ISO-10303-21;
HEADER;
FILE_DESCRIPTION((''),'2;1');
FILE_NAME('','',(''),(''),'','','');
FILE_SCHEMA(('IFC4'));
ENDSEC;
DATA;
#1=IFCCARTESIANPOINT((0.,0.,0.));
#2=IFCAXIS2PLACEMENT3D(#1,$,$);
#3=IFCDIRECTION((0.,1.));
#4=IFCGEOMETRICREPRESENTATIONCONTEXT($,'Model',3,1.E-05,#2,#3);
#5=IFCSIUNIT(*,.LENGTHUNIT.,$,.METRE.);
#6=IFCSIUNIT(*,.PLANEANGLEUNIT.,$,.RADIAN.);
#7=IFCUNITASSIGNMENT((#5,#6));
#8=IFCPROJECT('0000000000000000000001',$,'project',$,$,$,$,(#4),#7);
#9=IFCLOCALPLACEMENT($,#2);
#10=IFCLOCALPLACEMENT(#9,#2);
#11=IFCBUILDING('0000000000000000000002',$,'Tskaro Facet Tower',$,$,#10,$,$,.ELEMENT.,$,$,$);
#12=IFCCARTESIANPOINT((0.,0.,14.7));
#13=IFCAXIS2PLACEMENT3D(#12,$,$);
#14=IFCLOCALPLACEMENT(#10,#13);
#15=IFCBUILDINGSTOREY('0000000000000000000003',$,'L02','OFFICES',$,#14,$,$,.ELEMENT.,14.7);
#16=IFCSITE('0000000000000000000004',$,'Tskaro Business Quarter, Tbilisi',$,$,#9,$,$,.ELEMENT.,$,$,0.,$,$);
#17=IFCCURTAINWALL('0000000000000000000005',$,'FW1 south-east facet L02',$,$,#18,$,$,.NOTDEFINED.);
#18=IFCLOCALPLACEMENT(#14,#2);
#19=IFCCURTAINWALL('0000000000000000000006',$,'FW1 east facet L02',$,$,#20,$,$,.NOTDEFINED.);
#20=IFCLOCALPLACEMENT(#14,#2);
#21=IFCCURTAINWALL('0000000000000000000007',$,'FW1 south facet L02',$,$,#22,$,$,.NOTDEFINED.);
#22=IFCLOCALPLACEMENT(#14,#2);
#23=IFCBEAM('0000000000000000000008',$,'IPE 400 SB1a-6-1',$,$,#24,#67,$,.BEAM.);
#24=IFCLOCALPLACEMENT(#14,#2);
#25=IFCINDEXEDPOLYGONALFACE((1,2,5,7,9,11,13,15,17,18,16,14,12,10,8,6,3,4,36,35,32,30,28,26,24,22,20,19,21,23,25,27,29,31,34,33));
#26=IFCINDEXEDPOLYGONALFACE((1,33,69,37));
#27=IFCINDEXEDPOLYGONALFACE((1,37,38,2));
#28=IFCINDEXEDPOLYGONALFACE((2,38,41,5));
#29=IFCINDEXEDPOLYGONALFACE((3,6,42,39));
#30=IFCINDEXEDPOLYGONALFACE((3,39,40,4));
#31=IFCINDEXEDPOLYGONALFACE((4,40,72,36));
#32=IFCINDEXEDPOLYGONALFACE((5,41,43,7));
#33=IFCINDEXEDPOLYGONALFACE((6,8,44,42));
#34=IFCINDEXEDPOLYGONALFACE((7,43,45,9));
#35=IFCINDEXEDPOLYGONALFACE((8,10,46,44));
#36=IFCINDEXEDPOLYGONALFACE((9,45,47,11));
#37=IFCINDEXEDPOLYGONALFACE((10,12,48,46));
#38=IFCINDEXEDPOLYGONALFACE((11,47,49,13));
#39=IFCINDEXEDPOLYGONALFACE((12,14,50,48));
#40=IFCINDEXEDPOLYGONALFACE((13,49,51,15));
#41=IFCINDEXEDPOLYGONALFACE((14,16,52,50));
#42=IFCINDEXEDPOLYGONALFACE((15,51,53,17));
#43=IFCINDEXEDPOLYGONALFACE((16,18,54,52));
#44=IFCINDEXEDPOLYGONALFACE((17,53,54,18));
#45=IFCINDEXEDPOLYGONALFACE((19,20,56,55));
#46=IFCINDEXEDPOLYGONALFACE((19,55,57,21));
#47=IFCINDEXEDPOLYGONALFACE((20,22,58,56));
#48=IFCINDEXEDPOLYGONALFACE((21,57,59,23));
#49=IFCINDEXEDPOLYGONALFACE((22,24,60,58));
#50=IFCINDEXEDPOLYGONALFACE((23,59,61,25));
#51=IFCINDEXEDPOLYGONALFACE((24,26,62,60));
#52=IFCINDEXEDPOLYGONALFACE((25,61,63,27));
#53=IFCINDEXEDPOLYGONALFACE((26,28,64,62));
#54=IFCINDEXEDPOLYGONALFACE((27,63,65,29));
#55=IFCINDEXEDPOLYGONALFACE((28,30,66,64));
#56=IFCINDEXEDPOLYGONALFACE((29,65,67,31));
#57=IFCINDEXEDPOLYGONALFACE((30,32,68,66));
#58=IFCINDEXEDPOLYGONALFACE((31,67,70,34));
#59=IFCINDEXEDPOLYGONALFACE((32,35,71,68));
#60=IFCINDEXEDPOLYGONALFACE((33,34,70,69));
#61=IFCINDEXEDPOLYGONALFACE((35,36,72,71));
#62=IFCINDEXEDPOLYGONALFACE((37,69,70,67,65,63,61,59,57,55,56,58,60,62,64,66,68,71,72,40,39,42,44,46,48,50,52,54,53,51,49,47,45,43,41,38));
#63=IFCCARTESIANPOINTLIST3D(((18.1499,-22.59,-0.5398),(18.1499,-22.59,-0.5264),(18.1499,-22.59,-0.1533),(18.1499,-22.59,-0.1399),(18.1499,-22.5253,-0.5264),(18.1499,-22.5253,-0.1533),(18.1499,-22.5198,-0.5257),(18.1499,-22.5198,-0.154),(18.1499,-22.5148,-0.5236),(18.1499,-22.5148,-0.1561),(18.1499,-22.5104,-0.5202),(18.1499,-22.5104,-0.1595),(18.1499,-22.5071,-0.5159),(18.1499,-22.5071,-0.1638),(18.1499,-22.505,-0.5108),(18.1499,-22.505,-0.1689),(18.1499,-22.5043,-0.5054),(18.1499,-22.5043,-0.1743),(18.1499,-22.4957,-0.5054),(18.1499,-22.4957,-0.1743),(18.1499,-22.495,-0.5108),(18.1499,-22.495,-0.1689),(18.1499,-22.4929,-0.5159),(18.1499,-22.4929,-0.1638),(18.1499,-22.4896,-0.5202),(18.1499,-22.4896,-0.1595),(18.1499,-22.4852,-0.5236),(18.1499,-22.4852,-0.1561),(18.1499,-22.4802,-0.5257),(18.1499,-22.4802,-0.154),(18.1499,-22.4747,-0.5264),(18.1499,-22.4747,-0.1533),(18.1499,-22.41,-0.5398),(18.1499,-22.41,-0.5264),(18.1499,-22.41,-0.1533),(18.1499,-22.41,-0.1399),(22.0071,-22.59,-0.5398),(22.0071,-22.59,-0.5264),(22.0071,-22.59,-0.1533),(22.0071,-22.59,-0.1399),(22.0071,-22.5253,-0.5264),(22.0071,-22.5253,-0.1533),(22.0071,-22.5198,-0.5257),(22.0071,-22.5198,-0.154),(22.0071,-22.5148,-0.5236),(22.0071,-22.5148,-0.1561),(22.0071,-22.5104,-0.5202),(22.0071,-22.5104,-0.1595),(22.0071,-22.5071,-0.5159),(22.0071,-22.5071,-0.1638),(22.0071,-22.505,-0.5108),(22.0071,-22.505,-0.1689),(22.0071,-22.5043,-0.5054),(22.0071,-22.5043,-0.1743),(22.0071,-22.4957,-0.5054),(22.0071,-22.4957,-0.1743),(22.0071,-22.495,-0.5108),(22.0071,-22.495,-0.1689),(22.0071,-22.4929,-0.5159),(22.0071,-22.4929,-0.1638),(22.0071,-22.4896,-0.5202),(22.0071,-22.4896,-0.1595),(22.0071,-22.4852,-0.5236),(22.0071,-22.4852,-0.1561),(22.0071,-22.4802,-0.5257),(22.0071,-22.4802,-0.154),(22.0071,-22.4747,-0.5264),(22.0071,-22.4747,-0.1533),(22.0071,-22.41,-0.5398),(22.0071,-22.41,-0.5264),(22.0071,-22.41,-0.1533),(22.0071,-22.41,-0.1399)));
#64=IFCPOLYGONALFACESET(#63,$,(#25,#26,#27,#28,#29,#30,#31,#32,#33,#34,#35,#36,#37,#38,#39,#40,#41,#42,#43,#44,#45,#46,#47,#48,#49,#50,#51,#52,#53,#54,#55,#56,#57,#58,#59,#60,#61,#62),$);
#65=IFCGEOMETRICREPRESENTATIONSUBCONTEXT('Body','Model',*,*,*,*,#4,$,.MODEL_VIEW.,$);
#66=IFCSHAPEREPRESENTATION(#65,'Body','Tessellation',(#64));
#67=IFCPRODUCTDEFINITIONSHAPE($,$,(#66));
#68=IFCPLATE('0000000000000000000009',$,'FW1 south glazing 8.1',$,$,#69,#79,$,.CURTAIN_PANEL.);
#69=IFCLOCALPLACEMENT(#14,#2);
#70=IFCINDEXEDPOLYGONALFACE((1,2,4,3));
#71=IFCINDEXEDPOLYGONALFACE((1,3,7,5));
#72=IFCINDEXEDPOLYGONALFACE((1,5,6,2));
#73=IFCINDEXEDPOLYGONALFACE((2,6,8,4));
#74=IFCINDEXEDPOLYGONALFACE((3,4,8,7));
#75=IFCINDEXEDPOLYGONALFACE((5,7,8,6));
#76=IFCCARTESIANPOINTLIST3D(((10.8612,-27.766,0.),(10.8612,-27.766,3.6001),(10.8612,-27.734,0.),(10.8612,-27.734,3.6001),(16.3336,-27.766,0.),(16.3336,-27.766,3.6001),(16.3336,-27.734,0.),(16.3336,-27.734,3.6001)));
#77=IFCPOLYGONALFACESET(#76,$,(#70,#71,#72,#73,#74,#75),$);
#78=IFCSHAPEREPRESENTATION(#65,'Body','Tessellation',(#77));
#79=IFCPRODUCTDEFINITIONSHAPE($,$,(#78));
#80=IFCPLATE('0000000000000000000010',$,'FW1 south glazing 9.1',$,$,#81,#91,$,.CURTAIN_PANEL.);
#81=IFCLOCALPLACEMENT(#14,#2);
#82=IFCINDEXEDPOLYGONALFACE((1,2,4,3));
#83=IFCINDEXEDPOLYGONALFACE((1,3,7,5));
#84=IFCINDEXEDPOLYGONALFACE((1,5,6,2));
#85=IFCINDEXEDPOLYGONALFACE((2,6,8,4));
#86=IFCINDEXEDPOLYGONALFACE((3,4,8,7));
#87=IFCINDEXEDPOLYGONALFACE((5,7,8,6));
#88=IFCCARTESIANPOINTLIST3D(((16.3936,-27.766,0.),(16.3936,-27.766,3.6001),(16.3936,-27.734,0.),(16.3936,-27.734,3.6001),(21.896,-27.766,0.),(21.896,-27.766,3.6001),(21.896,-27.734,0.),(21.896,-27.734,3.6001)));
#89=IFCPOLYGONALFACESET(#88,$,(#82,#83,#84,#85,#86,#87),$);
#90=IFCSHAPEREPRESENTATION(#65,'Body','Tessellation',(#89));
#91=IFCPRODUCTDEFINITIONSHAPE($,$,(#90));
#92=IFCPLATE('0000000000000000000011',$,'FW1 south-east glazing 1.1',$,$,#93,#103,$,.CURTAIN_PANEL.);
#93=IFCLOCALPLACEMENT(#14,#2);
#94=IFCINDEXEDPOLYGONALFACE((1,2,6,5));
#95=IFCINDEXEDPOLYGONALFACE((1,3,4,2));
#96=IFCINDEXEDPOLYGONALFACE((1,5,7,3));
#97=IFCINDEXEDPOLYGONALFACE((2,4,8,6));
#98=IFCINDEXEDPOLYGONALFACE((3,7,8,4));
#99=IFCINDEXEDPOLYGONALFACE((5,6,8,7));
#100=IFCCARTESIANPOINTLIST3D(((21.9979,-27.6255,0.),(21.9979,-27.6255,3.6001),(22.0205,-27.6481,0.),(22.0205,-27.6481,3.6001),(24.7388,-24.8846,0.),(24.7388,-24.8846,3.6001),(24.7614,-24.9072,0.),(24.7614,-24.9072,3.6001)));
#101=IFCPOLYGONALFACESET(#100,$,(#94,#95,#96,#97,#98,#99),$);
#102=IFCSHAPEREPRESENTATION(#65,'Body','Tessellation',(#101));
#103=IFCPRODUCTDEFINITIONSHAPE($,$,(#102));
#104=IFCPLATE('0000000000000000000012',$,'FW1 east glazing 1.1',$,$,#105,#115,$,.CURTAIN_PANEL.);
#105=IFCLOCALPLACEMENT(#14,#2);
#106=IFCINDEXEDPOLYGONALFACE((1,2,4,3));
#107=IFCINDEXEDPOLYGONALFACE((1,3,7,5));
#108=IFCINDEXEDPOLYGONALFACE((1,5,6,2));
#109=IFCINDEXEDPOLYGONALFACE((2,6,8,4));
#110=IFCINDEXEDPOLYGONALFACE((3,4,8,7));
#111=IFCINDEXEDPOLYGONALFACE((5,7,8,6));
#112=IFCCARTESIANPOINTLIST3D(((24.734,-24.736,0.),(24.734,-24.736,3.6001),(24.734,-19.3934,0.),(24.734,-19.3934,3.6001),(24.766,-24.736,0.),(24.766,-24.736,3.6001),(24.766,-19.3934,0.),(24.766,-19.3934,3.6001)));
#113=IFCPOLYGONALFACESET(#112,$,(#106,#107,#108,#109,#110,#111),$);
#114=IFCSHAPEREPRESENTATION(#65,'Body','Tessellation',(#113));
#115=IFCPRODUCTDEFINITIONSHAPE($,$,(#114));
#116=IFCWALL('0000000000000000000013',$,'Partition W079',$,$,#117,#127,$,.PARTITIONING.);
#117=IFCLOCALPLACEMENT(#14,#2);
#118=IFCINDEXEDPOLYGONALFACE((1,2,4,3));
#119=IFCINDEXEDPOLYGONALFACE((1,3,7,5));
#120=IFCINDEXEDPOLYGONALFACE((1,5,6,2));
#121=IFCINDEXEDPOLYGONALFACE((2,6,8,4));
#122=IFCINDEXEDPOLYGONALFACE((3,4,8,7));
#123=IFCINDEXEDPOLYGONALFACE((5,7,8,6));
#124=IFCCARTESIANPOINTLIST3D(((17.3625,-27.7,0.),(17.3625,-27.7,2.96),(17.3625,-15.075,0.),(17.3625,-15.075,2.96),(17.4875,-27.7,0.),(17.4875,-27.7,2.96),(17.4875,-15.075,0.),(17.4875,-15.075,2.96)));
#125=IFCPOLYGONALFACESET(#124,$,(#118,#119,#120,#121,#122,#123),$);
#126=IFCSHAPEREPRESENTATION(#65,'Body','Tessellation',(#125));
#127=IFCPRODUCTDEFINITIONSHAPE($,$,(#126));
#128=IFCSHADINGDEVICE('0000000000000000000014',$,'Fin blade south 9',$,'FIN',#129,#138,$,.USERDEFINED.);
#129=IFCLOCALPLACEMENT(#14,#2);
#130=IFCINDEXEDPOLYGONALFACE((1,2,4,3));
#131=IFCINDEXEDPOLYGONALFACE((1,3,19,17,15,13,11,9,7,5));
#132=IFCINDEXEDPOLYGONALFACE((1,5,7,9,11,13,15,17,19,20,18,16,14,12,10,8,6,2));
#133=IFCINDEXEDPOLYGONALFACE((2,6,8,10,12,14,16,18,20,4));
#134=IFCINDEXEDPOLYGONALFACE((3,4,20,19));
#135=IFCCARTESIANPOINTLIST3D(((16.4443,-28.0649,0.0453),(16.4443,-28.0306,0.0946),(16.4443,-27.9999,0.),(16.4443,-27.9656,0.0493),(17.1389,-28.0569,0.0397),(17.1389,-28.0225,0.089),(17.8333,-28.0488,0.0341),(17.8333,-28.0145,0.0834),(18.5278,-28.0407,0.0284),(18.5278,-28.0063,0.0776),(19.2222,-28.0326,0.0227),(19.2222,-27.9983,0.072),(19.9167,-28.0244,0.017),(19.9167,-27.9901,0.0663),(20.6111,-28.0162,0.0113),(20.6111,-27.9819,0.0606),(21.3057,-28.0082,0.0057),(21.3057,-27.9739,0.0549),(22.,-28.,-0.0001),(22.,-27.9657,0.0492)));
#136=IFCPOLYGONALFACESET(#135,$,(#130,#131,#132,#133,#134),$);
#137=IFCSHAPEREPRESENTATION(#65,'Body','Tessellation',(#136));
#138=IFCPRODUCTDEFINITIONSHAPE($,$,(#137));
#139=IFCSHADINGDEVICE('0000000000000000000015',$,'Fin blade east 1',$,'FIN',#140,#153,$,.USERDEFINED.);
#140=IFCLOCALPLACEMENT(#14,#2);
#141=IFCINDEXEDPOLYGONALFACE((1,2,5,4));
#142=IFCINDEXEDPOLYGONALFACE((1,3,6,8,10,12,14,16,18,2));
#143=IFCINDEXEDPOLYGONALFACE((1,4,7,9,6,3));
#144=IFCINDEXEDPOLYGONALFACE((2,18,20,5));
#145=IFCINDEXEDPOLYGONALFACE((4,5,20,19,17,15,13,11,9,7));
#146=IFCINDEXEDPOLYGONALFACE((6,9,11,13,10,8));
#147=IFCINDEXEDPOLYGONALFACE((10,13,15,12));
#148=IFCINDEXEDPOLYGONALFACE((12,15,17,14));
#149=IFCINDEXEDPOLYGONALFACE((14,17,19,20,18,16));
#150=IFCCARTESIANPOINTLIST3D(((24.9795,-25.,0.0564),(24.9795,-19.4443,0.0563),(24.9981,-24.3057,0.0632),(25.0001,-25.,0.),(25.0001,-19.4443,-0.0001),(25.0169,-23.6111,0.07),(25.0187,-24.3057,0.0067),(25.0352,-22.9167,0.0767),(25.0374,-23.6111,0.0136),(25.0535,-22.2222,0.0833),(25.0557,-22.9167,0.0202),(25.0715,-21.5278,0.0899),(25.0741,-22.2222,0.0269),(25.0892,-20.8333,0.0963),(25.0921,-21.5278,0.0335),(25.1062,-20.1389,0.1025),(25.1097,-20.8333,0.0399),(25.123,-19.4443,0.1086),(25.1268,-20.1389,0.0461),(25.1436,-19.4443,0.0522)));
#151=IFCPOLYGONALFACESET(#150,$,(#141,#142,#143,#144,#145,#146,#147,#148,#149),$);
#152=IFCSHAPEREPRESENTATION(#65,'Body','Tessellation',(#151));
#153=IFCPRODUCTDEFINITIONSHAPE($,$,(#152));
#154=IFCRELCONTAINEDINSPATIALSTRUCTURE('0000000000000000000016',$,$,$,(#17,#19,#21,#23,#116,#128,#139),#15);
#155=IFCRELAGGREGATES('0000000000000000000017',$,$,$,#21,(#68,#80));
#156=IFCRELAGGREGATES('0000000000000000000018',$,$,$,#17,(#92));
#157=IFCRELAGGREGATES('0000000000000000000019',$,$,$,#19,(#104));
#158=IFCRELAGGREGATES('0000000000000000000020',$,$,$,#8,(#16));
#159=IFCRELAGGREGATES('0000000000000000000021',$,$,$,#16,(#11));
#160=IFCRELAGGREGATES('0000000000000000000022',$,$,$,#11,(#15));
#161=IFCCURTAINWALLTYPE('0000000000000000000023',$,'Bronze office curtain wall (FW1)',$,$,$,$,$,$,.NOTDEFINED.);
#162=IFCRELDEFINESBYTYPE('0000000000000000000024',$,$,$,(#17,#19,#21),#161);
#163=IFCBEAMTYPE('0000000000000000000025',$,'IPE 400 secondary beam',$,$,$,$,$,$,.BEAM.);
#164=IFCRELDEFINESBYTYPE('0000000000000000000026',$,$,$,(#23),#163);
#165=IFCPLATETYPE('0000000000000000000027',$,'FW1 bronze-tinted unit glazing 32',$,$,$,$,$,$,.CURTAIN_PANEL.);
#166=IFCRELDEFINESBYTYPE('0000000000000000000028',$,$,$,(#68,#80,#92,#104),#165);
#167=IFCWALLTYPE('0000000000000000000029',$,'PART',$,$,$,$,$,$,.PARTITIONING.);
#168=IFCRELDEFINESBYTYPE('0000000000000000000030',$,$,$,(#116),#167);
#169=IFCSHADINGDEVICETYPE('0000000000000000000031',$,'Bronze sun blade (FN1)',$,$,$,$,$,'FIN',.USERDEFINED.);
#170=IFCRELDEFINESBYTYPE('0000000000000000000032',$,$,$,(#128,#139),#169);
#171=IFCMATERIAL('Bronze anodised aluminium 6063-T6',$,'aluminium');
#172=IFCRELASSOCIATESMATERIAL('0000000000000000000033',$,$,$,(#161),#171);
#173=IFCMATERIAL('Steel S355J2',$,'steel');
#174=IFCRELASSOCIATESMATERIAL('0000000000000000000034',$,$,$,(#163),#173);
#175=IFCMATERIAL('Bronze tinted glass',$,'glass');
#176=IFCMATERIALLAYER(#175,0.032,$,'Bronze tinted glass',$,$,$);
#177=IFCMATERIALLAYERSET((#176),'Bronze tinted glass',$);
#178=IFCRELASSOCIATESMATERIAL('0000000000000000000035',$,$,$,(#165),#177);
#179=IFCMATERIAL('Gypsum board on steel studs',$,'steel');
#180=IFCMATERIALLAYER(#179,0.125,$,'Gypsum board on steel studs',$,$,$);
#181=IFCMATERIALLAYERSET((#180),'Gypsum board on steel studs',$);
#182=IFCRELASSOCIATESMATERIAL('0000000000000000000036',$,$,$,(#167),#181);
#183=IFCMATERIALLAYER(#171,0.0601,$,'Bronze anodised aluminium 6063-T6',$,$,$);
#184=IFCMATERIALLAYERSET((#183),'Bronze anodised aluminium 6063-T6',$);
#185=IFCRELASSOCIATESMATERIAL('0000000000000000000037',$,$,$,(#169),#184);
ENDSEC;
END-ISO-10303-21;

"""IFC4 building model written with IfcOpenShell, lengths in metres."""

from ifc_helpers import new_model, si_unit, direction, frame, frame_2d, origin, origin_2d, place, context, subcontext, project, spatial, polyline, rectangle, i_section, outline, extrude, material, layer, layer_set, material_profile, profile_set, type_object, element, aggregate, save


model = new_model("IFC4")

# Units and contexts
model_context = context("Model", 3, precision=1e-05, world=origin(), true_north=direction((0.0, 1.0)))
body_context = subcontext(model_context, "Body", "Model", "MODEL_VIEW")
ifc_project = project(units=[si_unit("LENGTHUNIT", "METRE"), si_unit("PLANEANGLEUNIT", "RADIAN")], contexts=[model_context])

# Site, building, storey
site_placement = place(None, origin())
site = spatial("IfcSite", under=ifc_project, at=site_placement, Name="Tskaro Business Quarter, Tbilisi", CompositionType="ELEMENT", RefElevation=0.0)
building_placement = place(site_placement, origin())
building = spatial("IfcBuilding", under=site, at=building_placement, Name="Tskaro Facet Tower", CompositionType="ELEMENT")
storey_placement = place(building_placement, frame((0.0, 0.0, 14.7)))
storey = spatial("IfcBuildingStorey", under=building, at=storey_placement, Name="L02", Description="OFFICES", CompositionType="ELEMENT", Elevation=14.7)

# Curtain walls
ifc_material_1 = material(Name="Bronze anodised aluminium 6063-T6", Category="aluminium")
curtain_wall_type = type_object("IfcCurtainWallType", Name="Bronze office curtain wall (FW1)", PredefinedType="NOTDEFINED", material=ifc_material_1)
curtain_wall_1_placement = place(storey_placement, origin())
curtain_wall_1 = element("IfcCurtainWall", 1, at=curtain_wall_1_placement, inside=storey, type_object=curtain_wall_type, Name="FW1 south-east facet L02", PredefinedType="NOTDEFINED")
curtain_wall_2_placement = place(storey_placement, origin())
curtain_wall_2 = element("IfcCurtainWall", 2, at=curtain_wall_2_placement, inside=storey, type_object=curtain_wall_type, Name="FW1 east facet L02", PredefinedType="NOTDEFINED")
curtain_wall_3_placement = place(storey_placement, origin())
curtain_wall_3 = element("IfcCurtainWall", 3, at=curtain_wall_3_placement, inside=storey, type_object=curtain_wall_type, Name="FW1 south facet L02", PredefinedType="NOTDEFINED")

# Beam
ifc_material_2 = material(Name="Steel S355J2", Category="steel")
ifc_material_profile_1 = material_profile(ifc_material_2, i_section(OverallWidth=0.1799, OverallDepth=0.3999, WebThickness=0.0085, FlangeThickness=0.0134, FilletRadius=0.021, at=origin_2d()), Name="IPE 400")
ifc_profile_set_1 = profile_set([ifc_material_profile_1], Name="Steel S355J2")
beam_type_1 = type_object("IfcBeamType", Name="IPE 400 secondary beam", PredefinedType="BEAM", material=ifc_profile_set_1)
beam_1_placement = place(storey_placement, frame((18.1499, -22.5, -0.3398), z_axis=(1.0, 0.0, 0.0), x_axis=(0.0, 1.0, 0.0)))
element("IfcBeam", 4, at=beam_1_placement, inside=storey, type_object=beam_type_1, Name="IPE 400 SB1a-6-1", PredefinedType="BEAM", context=body_context, shape_type="SweptSolid", body=[
    extrude(i_section(OverallWidth=0.1799, OverallDepth=0.3999, WebThickness=0.0085, FlangeThickness=0.0134, FilletRadius=0.021, at=origin_2d()), origin(), (0.0, 0.0, 1.0), 3.8572),
])

# Plates
ifc_material_3 = material(Name="Bronze tinted glass", Category="glass")
ifc_layer_1 = layer(ifc_material_3, 0.032, Name="Bronze tinted glass")
ifc_layer_set_1 = layer_set([ifc_layer_1], Name="Bronze tinted glass")
plate_type = type_object("IfcPlateType", Name="FW1 bronze-tinted unit glazing 32", PredefinedType="CURTAIN_PANEL", material=ifc_layer_set_1)
plate_1_placement = place(storey_placement, frame((13.5974, -27.75, 0.0), z_axis=(0.0, 0.0, 1.0), x_axis=(1.0, 0.0, 0.0)))
plate_1 = element("IfcPlate", 5, at=plate_1_placement, type_object=plate_type, Name="FW1 south glazing 8.1", PredefinedType="CURTAIN_PANEL", context=body_context, shape_type="SweptSolid", body=[
    extrude(rectangle(XDim=5.4724, YDim=0.032, at=origin_2d()), origin(), (0.0, 0.0, 1.0), 3.6001),
])
plate_2_placement = place(storey_placement, frame((19.1448, -27.75, 0.0), z_axis=(0.0, 0.0, 1.0), x_axis=(1.0, 0.0, 0.0)))
plate_2 = element("IfcPlate", 6, at=plate_2_placement, type_object=plate_type, Name="FW1 south glazing 9.1", PredefinedType="CURTAIN_PANEL", context=body_context, shape_type="SweptSolid", body=[
    extrude(rectangle(XDim=5.5024, YDim=0.032, at=origin_2d()), origin(), (0.0, 0.0, 1.0), 3.6001),
])
aggregate(curtain_wall_3, [plate_1, plate_2])
plate_3_placement = place(storey_placement, frame((23.3796, -26.2664, 0.0), z_axis=(0.0, 0.0, 1.0), x_axis=(0.707107, 0.707107, 0.0)))
plate_3 = element("IfcPlate", 7, at=plate_3_placement, type_object=plate_type, Name="FW1 south-east glazing 1.1", PredefinedType="CURTAIN_PANEL", context=body_context, shape_type="SweptSolid", body=[
    extrude(rectangle(XDim=3.8762, YDim=0.032, at=origin_2d()), origin(), (0.0, 0.0, 1.0), 3.6001),
])
aggregate(curtain_wall_1, [plate_3])
plate_4_placement = place(storey_placement, frame((24.75, -22.0647, 0.0), z_axis=(0.0, 0.0, 1.0), x_axis=(0.0, 1.0, 0.0)))
plate_4 = element("IfcPlate", 8, at=plate_4_placement, type_object=plate_type, Name="FW1 east glazing 1.1", PredefinedType="CURTAIN_PANEL", context=body_context, shape_type="SweptSolid", body=[
    extrude(rectangle(XDim=5.3425, YDim=0.032, at=origin_2d()), origin(), (0.0, 0.0, 1.0), 3.6001),
])
aggregate(curtain_wall_2, [plate_4])

# Wall
ifc_material_4 = material(Name="Gypsum board on steel studs", Category="steel")
ifc_layer_2 = layer(ifc_material_4, 0.125, Name="Gypsum board on steel studs")
ifc_layer_set_2 = layer_set([ifc_layer_2], Name="Gypsum board on steel studs")
wall_type = type_object("IfcWallType", Name="PART", PredefinedType="PARTITIONING", material=ifc_layer_set_2)
wall_placement = place(storey_placement, frame((17.425, -27.7, 0.0), z_axis=(0.0, 0.0, 1.0), x_axis=(0.0, 1.0, 0.0)))
element("IfcWall", 9, at=wall_placement, inside=storey, type_object=wall_type, Name="Partition W079", PredefinedType="PARTITIONING", context=body_context, shape_type="SweptSolid", body=[
    extrude(rectangle(XDim=12.625, YDim=0.125, at=frame_2d((6.3125, 0.0))), origin(), (0.0, 0.0, 1.0), 2.96),
])

# Shading devices
ifc_layer_3 = layer(ifc_material_1, 0.0601, Name="Bronze anodised aluminium 6063-T6")
ifc_layer_set_3 = layer_set([ifc_layer_3], Name="Bronze anodised aluminium 6063-T6")
shading_device_type = type_object("IfcShadingDeviceType", Name="Bronze sun blade (FN1)", ElementType="FIN", PredefinedType="USERDEFINED", material=ifc_layer_set_3)
shading_device_1_placement = place(storey_placement, frame((16.4443, -27.9656, 0.0493), z_axis=(0.000025, 0.571605, 0.820529), x_axis=(1.0, -0.000014, -0.000021)))
element("IfcShadingDevice", 10, at=shading_device_1_placement, inside=storey, type_object=shading_device_type, Name="Fin blade south 9", ObjectType="FIN", PredefinedType="USERDEFINED", context=body_context, shape_type="SweptSolid", body=[
    extrude(outline(polyline([(0.0, 0.0), (5.5557, 0.0), (4.8613, -0.01), (4.1667, -0.0198), (3.4724, -0.0298), (2.7778, -0.0398), (2.0835, -0.0496), (1.3889, -0.0596), (0.6946, -0.0694), (0.0, -0.0792), (0.0, 0.0)])), origin(), (0.0, 0.0, -1.0), 0.0601),
])
shading_device_2_placement = place(storey_placement, frame((24.9795, -25.0, 0.0564), z_axis=(-0.342655, 0.000019, 0.939461), x_axis=(0.000007, 1.0, -0.000018)))
element("IfcShadingDevice", 11, at=shading_device_2_placement, inside=storey, type_object=shading_device_type, Name="Fin blade east 1", ObjectType="FIN", PredefinedType="USERDEFINED", context=body_context, shape_type="SweptSolid", body=[
    extrude(outline(polyline([(0.0, 0.0), (5.5557, 0.0), (5.5557, -0.1528), (4.8611, -0.1348), (4.1667, -0.1167), (3.4722, -0.0979), (2.7778, -0.0788), (2.0833, -0.0592), (1.3889, -0.0398), (0.6943, -0.0198), (0.0, 0.0)])), origin(), (0.0, 0.0, -1.0), 0.0601),
])

save(model, "model.ifc")
